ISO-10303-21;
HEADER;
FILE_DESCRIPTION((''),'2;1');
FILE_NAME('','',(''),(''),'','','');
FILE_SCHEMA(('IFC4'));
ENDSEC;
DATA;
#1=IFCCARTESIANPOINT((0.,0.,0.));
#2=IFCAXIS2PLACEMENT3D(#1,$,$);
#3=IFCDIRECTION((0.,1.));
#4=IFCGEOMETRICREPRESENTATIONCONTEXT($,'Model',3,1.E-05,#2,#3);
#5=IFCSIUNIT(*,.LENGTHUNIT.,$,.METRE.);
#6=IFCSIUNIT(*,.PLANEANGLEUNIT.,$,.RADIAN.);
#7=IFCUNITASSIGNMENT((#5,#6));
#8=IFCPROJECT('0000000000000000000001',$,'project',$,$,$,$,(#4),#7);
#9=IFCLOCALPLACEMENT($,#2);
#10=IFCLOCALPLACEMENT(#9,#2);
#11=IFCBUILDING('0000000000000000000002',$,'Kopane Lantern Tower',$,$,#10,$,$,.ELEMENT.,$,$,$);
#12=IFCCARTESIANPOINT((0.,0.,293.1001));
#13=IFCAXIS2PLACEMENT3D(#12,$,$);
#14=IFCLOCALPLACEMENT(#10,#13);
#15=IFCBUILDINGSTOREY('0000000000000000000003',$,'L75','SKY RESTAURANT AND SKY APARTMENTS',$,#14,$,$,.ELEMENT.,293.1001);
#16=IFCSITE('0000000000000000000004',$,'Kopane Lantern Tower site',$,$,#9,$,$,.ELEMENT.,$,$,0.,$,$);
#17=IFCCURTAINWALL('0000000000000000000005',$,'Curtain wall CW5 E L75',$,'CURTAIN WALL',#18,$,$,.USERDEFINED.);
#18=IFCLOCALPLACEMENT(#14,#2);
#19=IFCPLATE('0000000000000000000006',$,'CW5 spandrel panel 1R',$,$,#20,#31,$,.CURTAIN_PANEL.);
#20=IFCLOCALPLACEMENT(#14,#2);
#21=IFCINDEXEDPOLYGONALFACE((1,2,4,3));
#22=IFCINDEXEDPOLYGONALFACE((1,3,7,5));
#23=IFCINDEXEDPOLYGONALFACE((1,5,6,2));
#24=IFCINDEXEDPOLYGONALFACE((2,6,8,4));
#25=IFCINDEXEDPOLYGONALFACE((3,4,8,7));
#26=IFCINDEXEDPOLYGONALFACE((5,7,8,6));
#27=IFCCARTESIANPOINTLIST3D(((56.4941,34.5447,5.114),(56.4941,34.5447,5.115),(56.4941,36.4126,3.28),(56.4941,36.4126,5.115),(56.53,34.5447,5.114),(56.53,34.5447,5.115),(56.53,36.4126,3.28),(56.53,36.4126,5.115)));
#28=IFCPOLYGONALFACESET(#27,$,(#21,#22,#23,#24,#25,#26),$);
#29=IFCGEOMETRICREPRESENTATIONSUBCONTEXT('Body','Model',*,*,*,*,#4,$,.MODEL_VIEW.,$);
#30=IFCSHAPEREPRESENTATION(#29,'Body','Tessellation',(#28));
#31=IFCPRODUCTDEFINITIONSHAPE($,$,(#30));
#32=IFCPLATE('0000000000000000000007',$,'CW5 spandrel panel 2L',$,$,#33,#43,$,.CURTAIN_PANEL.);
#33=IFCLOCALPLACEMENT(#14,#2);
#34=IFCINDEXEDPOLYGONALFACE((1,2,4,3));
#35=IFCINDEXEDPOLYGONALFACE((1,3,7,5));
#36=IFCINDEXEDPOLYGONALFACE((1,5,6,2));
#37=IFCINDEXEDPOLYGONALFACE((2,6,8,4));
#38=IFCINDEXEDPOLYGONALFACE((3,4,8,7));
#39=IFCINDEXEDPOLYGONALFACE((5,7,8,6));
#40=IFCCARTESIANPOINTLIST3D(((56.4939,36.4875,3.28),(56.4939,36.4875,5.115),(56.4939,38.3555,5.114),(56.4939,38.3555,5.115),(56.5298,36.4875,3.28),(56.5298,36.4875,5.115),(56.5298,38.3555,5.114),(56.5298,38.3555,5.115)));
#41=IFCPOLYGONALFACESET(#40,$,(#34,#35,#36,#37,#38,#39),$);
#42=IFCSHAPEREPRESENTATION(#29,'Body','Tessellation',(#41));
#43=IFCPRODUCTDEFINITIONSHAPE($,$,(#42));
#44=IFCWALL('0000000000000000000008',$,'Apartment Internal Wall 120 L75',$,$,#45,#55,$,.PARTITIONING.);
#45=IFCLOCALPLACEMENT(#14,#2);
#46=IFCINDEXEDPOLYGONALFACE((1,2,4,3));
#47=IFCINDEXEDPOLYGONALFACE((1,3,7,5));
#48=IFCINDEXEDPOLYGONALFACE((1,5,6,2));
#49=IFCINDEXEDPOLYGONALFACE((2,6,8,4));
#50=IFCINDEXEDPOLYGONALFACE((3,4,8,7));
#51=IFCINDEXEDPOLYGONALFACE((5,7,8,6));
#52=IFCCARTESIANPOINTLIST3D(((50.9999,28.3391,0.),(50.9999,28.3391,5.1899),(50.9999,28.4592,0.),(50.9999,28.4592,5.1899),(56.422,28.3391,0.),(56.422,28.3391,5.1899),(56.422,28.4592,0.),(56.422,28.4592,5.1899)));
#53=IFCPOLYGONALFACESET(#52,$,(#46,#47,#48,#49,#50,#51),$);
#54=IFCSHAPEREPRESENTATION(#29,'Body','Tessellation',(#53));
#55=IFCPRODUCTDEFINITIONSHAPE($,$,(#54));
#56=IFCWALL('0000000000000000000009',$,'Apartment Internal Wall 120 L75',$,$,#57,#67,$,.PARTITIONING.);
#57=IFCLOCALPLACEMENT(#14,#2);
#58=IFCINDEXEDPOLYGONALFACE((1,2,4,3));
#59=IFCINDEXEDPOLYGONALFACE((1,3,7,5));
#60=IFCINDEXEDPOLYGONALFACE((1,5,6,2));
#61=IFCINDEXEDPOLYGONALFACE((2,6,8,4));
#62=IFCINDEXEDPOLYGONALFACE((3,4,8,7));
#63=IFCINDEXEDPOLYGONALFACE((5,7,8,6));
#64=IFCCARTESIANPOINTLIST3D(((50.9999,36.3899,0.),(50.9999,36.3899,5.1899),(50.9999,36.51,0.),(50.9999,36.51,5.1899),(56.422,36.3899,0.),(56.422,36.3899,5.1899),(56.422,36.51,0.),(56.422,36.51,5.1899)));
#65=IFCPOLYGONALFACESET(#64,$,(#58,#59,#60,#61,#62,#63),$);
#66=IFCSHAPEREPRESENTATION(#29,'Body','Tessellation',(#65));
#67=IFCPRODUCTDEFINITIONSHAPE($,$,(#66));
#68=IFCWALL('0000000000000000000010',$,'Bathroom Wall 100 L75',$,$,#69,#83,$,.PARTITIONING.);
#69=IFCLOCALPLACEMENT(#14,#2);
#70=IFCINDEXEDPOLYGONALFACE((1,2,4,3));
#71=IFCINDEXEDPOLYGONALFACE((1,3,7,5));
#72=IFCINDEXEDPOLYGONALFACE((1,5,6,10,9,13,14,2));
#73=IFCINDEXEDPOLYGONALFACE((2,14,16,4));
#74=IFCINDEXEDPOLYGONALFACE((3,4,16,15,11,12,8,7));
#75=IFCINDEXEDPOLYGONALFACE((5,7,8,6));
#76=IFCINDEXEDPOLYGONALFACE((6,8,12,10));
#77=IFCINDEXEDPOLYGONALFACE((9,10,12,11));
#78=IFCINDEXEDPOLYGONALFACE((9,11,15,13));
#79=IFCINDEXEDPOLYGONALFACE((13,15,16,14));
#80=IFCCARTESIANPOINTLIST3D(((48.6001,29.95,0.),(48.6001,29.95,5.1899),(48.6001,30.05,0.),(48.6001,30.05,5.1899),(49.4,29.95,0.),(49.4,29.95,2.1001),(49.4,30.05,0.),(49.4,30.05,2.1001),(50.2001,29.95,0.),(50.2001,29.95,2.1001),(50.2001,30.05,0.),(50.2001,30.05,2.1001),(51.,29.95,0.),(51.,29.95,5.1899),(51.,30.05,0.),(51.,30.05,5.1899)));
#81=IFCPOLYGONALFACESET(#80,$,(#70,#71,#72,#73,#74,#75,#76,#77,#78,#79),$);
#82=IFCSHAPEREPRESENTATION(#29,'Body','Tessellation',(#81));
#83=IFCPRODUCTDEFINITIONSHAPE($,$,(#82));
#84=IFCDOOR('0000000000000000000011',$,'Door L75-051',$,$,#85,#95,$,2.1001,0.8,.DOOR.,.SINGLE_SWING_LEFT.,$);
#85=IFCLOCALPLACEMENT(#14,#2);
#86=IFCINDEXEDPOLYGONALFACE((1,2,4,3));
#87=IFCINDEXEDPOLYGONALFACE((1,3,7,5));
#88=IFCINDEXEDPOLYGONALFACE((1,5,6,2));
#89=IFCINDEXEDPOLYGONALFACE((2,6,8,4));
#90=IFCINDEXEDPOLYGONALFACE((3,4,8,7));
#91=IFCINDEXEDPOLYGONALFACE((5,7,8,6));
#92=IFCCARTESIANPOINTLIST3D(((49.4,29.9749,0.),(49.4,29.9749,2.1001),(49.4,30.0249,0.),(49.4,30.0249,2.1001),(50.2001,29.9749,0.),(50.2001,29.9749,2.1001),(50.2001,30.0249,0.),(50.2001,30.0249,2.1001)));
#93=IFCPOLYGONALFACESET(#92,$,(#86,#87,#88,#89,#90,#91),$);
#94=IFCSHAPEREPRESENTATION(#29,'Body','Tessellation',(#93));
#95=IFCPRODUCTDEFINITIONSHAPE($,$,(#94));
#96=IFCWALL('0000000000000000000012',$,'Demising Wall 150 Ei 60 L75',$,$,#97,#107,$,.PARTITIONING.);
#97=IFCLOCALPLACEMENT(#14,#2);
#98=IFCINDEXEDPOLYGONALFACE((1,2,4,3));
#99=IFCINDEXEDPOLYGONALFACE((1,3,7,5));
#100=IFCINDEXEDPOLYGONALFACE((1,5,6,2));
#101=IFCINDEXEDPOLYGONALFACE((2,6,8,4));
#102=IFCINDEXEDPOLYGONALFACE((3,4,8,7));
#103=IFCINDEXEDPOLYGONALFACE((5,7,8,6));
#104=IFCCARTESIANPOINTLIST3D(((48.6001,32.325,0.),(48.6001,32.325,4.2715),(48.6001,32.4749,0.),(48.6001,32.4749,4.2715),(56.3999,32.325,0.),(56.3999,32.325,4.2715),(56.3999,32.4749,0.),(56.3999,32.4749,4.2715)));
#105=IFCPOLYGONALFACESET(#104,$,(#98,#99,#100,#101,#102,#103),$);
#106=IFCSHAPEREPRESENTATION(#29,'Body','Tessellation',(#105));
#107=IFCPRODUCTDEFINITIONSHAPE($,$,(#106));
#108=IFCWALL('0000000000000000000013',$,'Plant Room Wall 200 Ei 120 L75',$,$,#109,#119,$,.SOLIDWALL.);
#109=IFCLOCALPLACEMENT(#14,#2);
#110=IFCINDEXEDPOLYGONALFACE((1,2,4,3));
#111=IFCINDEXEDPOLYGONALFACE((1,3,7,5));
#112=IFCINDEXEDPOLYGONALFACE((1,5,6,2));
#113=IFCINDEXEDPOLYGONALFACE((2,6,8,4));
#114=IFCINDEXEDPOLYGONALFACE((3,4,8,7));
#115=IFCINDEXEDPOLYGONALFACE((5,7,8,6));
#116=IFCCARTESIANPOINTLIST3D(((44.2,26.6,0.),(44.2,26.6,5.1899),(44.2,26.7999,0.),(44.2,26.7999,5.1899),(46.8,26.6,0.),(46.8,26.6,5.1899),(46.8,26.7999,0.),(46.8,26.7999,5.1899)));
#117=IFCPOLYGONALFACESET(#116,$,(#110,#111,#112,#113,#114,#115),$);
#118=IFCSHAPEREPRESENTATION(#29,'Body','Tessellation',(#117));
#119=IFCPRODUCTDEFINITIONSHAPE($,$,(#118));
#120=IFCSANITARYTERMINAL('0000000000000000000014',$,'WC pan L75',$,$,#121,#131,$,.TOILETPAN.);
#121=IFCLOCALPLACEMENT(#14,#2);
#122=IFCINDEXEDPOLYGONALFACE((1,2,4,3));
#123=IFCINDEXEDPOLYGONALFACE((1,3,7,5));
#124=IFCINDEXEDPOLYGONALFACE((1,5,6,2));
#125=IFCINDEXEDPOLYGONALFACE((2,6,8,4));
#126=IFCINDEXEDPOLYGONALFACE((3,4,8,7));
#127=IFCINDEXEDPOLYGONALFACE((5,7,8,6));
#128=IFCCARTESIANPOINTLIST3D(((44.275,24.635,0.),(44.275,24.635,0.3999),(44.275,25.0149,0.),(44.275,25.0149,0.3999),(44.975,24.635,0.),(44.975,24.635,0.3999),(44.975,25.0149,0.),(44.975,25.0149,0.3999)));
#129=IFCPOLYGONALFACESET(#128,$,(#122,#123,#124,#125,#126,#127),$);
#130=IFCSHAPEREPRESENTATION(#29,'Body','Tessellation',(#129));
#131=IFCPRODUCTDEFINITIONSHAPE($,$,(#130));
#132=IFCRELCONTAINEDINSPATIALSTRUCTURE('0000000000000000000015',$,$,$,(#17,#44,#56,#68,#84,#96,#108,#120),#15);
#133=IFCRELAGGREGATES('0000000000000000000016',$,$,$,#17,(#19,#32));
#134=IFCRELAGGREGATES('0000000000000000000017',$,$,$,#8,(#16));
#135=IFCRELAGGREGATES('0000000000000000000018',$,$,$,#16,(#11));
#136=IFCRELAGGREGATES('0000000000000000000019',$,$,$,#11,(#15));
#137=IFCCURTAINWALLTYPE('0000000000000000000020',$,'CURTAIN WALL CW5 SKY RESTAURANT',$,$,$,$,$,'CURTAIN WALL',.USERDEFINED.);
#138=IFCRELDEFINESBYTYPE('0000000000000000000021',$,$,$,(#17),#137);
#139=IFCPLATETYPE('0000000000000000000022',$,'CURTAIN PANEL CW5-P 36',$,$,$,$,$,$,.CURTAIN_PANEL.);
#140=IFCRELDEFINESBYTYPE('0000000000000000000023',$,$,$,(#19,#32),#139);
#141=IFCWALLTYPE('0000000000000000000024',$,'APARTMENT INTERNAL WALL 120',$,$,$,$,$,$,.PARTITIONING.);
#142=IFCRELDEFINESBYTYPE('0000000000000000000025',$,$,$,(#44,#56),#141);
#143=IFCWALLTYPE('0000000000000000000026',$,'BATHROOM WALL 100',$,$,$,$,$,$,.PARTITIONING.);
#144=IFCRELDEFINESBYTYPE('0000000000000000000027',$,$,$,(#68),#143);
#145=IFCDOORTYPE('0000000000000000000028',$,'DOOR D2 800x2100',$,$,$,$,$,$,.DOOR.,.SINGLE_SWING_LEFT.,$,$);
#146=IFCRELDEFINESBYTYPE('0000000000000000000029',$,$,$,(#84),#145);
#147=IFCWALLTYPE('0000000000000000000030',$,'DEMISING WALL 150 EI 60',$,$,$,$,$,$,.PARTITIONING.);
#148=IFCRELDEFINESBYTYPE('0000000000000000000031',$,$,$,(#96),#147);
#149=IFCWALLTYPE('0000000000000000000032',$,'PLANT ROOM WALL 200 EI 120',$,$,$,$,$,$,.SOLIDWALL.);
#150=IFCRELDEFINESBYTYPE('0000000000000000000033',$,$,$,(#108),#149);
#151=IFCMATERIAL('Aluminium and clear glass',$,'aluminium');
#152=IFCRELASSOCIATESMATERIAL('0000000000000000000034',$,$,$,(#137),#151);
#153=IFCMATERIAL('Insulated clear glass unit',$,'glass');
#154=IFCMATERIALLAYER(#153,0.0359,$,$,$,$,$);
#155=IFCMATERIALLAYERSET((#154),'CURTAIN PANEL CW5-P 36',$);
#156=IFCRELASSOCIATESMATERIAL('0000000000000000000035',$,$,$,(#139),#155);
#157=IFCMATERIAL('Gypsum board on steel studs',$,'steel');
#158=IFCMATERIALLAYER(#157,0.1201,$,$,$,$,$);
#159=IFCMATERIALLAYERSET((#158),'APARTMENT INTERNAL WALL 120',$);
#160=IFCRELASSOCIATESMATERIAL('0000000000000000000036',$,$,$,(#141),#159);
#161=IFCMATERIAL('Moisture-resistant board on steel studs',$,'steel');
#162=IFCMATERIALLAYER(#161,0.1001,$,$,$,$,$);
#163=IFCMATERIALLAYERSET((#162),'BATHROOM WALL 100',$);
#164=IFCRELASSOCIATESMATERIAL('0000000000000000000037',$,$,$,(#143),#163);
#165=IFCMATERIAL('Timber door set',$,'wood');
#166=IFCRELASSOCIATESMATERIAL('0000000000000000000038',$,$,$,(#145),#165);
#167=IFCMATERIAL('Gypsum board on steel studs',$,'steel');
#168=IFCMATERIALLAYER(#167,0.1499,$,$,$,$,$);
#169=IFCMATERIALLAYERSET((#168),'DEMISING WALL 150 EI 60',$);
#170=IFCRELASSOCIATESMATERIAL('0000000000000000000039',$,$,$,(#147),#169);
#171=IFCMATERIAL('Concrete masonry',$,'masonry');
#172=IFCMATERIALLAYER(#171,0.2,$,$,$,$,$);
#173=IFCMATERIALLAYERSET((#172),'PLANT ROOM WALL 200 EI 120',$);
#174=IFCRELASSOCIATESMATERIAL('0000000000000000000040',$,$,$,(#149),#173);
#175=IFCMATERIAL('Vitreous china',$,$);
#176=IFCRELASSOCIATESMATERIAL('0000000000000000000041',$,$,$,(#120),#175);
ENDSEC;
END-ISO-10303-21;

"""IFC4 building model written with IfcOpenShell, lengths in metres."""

from ifc_helpers import new_model, si_unit, direction, frame, frame_2d, origin, origin_2d, place, context, subcontext, project, spatial, polyline, rectangle, outline, extrude, material, layer, layer_set, type_object, element, fill, aggregate, save


model = new_model("IFC4")

# Units and contexts
model_context = context("Model", 3, precision=1e-05, world=origin(), true_north=direction((0.0, 1.0)))
body_context = subcontext(model_context, "Body", "Model", "MODEL_VIEW")
ifc_project = project(units=[si_unit("LENGTHUNIT", "METRE"), si_unit("PLANEANGLEUNIT", "RADIAN")], contexts=[model_context])

# Site, building, storey
site_placement = place(None, origin())
site = spatial("IfcSite", under=ifc_project, at=site_placement, Name="Kopane Lantern Tower site", CompositionType="ELEMENT", RefElevation=0.0)
building_placement = place(site_placement, origin())
building = spatial("IfcBuilding", under=site, at=building_placement, Name="Kopane Lantern Tower", CompositionType="ELEMENT")
storey_placement = place(building_placement, frame((0.0, 0.0, 293.1001)))
storey = spatial("IfcBuildingStorey", under=building, at=storey_placement, Name="L75", Description="SKY RESTAURANT AND SKY APARTMENTS", CompositionType="ELEMENT", Elevation=293.1001)

# Shared definitions
ifc_material_1 = material(Name="Aluminium and clear glass", Category="aluminium")
curtain_wall_type = type_object("IfcCurtainWallType", Name="CURTAIN WALL CW5 SKY RESTAURANT", ElementType="CURTAIN WALL", PredefinedType="USERDEFINED", material=ifc_material_1)

# Shared definitions
ifc_material_2 = material(Name="Insulated clear glass unit", Category="glass")
ifc_layer_1 = layer(ifc_material_2, 0.0359)
ifc_layer_set_1 = layer_set([ifc_layer_1], Name="CURTAIN PANEL CW5-P 36")
plate_type = type_object("IfcPlateType", Name="CURTAIN PANEL CW5-P 36", PredefinedType="CURTAIN_PANEL", material=ifc_layer_set_1)

# Curtain wall, plates
curtain_wall_1_placement = place(storey_placement, origin())
curtain_wall_1 = element("IfcCurtainWall", 1, at=curtain_wall_1_placement, inside=storey, type_object=curtain_wall_type, Name="Curtain wall CW5 E L75", ObjectType="CURTAIN WALL", PredefinedType="USERDEFINED")
plate_1_placement = place(storey_placement, frame((56.512, 36.4126, 5.115), z_axis=(0.0, 0.0, 1.0), x_axis=(0.0, -1.0, 0.0)))
plate_1 = element("IfcPlate", 2, at=plate_1_placement, type_object=plate_type, Name="CW5 spandrel panel 1R", PredefinedType="CURTAIN_PANEL", context=body_context, shape_type="SweptSolid", body=[
    extrude(outline(polyline([(0.0, 0.0), (1.8679, 0.0), (1.8679, -0.001), (0.0, -1.835), (0.0, 0.0)])), frame((0.0, 0.0181, 0.0), z_axis=(0.0, -1.0, 0.0), x_axis=(1.0, 0.0, 0.0)), (0.0, 0.0, 1.0), 0.0359),
])
plate_2_placement = place(storey_placement, frame((56.512, 36.4875, 5.115), z_axis=(0.0, 0.0, 1.0), x_axis=(0.0, 1.0, 0.0)))
plate_2 = element("IfcPlate", 3, at=plate_2_placement, type_object=plate_type, Name="CW5 spandrel panel 2L", PredefinedType="CURTAIN_PANEL", context=body_context, shape_type="SweptSolid", body=[
    extrude(outline(polyline([(0.0, 0.0), (1.8679, 0.0), (1.8679, -0.001), (0.0, -1.835), (0.0, 0.0)])), frame((0.0, 0.0181, 0.0), z_axis=(0.0, -1.0, 0.0), x_axis=(1.0, 0.0, 0.0)), (0.0, 0.0, 1.0), 0.0359),
])
aggregate(curtain_wall_1, [plate_1, plate_2])

# Walls
ifc_material_3 = material(Name="Gypsum board on steel studs", Category="steel")
ifc_layer_2 = layer(ifc_material_3, 0.1201)
ifc_layer_set_2 = layer_set([ifc_layer_2], Name="APARTMENT INTERNAL WALL 120")
wall_type_1 = type_object("IfcWallType", Name="APARTMENT INTERNAL WALL 120", PredefinedType="PARTITIONING", material=ifc_layer_set_2)
for number, where, z_axis, x_axis, name in (
    (4, (51.0, 28.3992, 0.0), (0.0, 0.0, 1.0), (1.0, 0.0, 0.0), "Apartment Internal Wall 120 L75"),
    (5, (51.0, 36.45, 0.0), (0.0, 0.0, 1.0), (1.0, 0.0, 0.0), "Apartment Internal Wall 120 L75"),
):
    element("IfcWall", number, at=place(storey_placement, frame(where, z_axis=z_axis, x_axis=x_axis)), inside=storey, type_object=wall_type_1, Name=name, PredefinedType="PARTITIONING", context=body_context, shape_type="SweptSolid", body=[
        extrude(rectangle(XDim=5.4221, YDim=0.1201, at=frame_2d((2.7109, 0.0))), origin(), (0.0, 0.0, 1.0), 5.1899),
    ])

# Wall, opening, door
ifc_material_4 = material(Name="Moisture-resistant board on steel studs", Category="steel")
ifc_layer_3 = layer(ifc_material_4, 0.1001)
ifc_layer_set_3 = layer_set([ifc_layer_3], Name="BATHROOM WALL 100")
wall_type_2 = type_object("IfcWallType", Name="BATHROOM WALL 100", PredefinedType="PARTITIONING", material=ifc_layer_set_3)
wall_1_placement = place(storey_placement, frame((48.6001, 30.0, 0.0), z_axis=(0.0, 0.0, 1.0), x_axis=(1.0, 0.0, 0.0)))
wall_1 = element("IfcWall", 6, at=wall_1_placement, inside=storey, type_object=wall_type_2, Name="Bathroom Wall 100 L75", PredefinedType="PARTITIONING", context=body_context, shape_type="SweptSolid", body=[
    extrude(rectangle(XDim=2.3999, YDim=0.1001, at=frame_2d((1.2, 0.0))), origin(), (0.0, 0.0, 1.0), 5.1899),
])
opening_placement = place(wall_1_placement, frame((0.8, 0.0, 0.0)))
opening = element("IfcOpeningElement", 7, at=opening_placement, cuts=wall_1, PredefinedType="OPENING", context=body_context, shape_type="SweptSolid", body=[
    extrude(rectangle(XDim=0.8, YDim=2.1001, at=frame_2d((0.3999, 1.05))), frame((0.0, 0.0601, 0.0), z_axis=(0.0, -1.0, 0.0), x_axis=(1.0, 0.0, 0.0)), (0.0, 0.0, 1.0), 0.1201),
])
ifc_material_5 = material(Name="Timber door set", Category="wood")
door_type = type_object("IfcDoorType", Name="DOOR D2 800x2100", OperationType="SINGLE_SWING_LEFT", PredefinedType="DOOR", material=ifc_material_5)
door_placement = place(opening_placement, origin())
door = element("IfcDoor", 8, at=door_placement, inside=storey, type_object=door_type, Name="Door L75-051", OperationType="SINGLE_SWING_LEFT", OverallHeight=2.1001, OverallWidth=0.8, PredefinedType="DOOR", context=body_context, shape_type="SweptSolid", body=[
    extrude(rectangle(XDim=0.8, YDim=2.1001, at=frame_2d((0.3999, 1.05))), frame((0.0, 0.0249, 0.0), z_axis=(0.0, -1.0, 0.0), x_axis=(1.0, 0.0, 0.0)), (0.0, 0.0, 1.0), 0.05),
])
fill(opening, door)

# Walls
ifc_material_6 = material(Name="Gypsum board on steel studs", Category="steel")
ifc_layer_4 = layer(ifc_material_6, 0.1499)
ifc_layer_set_4 = layer_set([ifc_layer_4], Name="DEMISING WALL 150 EI 60")
wall_type_3 = type_object("IfcWallType", Name="DEMISING WALL 150 EI 60", PredefinedType="PARTITIONING", material=ifc_layer_set_4)
wall_2_placement = place(storey_placement, frame((48.6001, 32.3999, 0.0), z_axis=(0.0, 0.0, 1.0), x_axis=(1.0, 0.0, 0.0)))
element("IfcWall", 9, at=wall_2_placement, inside=storey, type_object=wall_type_3, Name="Demising Wall 150 Ei 60 L75", PredefinedType="PARTITIONING", context=body_context, shape_type="SweptSolid", body=[
    extrude(rectangle(XDim=7.7998, YDim=0.1499, at=frame_2d((3.8999, 0.0))), origin(), (0.0, 0.0, 1.0), 4.2715),
])
ifc_material_7 = material(Name="Concrete masonry", Category="masonry")
ifc_layer_5 = layer(ifc_material_7, 0.2)
ifc_layer_set_5 = layer_set([ifc_layer_5], Name="PLANT ROOM WALL 200 EI 120")
wall_type_4 = type_object("IfcWallType", Name="PLANT ROOM WALL 200 EI 120", PredefinedType="SOLIDWALL", material=ifc_layer_set_5)
wall_3_placement = place(storey_placement, frame((46.8, 26.7, 0.0), z_axis=(0.0, 0.0, 1.0), x_axis=(-1.0, 0.0, 0.0)))
element("IfcWall", 10, at=wall_3_placement, inside=storey, type_object=wall_type_4, Name="Plant Room Wall 200 Ei 120 L75", PredefinedType="SOLIDWALL", context=body_context, shape_type="SweptSolid", body=[
    extrude(rectangle(XDim=2.6001, YDim=0.2, at=frame_2d((1.3, 0.0))), origin(), (0.0, 0.0, 1.0), 5.1899),
])

# Sanitary terminal
ifc_material_8 = material(Name="Vitreous china")
sanitary_terminal_placement = place(storey_placement, frame((44.625, 24.825, 0.0), z_axis=(0.0, 0.0, 1.0), x_axis=(1.0, 0.0, 0.0)))
element("IfcSanitaryTerminal", 11, at=sanitary_terminal_placement, inside=storey, material=ifc_material_8, Name="WC pan L75", PredefinedType="TOILETPAN", context=body_context, shape_type="SweptSolid", body=[
    extrude(rectangle(XDim=0.7, YDim=0.3799, at=origin_2d()), origin(), (0.0, 0.0, 1.0), 0.3999),
])

save(model, "model.ifc")
